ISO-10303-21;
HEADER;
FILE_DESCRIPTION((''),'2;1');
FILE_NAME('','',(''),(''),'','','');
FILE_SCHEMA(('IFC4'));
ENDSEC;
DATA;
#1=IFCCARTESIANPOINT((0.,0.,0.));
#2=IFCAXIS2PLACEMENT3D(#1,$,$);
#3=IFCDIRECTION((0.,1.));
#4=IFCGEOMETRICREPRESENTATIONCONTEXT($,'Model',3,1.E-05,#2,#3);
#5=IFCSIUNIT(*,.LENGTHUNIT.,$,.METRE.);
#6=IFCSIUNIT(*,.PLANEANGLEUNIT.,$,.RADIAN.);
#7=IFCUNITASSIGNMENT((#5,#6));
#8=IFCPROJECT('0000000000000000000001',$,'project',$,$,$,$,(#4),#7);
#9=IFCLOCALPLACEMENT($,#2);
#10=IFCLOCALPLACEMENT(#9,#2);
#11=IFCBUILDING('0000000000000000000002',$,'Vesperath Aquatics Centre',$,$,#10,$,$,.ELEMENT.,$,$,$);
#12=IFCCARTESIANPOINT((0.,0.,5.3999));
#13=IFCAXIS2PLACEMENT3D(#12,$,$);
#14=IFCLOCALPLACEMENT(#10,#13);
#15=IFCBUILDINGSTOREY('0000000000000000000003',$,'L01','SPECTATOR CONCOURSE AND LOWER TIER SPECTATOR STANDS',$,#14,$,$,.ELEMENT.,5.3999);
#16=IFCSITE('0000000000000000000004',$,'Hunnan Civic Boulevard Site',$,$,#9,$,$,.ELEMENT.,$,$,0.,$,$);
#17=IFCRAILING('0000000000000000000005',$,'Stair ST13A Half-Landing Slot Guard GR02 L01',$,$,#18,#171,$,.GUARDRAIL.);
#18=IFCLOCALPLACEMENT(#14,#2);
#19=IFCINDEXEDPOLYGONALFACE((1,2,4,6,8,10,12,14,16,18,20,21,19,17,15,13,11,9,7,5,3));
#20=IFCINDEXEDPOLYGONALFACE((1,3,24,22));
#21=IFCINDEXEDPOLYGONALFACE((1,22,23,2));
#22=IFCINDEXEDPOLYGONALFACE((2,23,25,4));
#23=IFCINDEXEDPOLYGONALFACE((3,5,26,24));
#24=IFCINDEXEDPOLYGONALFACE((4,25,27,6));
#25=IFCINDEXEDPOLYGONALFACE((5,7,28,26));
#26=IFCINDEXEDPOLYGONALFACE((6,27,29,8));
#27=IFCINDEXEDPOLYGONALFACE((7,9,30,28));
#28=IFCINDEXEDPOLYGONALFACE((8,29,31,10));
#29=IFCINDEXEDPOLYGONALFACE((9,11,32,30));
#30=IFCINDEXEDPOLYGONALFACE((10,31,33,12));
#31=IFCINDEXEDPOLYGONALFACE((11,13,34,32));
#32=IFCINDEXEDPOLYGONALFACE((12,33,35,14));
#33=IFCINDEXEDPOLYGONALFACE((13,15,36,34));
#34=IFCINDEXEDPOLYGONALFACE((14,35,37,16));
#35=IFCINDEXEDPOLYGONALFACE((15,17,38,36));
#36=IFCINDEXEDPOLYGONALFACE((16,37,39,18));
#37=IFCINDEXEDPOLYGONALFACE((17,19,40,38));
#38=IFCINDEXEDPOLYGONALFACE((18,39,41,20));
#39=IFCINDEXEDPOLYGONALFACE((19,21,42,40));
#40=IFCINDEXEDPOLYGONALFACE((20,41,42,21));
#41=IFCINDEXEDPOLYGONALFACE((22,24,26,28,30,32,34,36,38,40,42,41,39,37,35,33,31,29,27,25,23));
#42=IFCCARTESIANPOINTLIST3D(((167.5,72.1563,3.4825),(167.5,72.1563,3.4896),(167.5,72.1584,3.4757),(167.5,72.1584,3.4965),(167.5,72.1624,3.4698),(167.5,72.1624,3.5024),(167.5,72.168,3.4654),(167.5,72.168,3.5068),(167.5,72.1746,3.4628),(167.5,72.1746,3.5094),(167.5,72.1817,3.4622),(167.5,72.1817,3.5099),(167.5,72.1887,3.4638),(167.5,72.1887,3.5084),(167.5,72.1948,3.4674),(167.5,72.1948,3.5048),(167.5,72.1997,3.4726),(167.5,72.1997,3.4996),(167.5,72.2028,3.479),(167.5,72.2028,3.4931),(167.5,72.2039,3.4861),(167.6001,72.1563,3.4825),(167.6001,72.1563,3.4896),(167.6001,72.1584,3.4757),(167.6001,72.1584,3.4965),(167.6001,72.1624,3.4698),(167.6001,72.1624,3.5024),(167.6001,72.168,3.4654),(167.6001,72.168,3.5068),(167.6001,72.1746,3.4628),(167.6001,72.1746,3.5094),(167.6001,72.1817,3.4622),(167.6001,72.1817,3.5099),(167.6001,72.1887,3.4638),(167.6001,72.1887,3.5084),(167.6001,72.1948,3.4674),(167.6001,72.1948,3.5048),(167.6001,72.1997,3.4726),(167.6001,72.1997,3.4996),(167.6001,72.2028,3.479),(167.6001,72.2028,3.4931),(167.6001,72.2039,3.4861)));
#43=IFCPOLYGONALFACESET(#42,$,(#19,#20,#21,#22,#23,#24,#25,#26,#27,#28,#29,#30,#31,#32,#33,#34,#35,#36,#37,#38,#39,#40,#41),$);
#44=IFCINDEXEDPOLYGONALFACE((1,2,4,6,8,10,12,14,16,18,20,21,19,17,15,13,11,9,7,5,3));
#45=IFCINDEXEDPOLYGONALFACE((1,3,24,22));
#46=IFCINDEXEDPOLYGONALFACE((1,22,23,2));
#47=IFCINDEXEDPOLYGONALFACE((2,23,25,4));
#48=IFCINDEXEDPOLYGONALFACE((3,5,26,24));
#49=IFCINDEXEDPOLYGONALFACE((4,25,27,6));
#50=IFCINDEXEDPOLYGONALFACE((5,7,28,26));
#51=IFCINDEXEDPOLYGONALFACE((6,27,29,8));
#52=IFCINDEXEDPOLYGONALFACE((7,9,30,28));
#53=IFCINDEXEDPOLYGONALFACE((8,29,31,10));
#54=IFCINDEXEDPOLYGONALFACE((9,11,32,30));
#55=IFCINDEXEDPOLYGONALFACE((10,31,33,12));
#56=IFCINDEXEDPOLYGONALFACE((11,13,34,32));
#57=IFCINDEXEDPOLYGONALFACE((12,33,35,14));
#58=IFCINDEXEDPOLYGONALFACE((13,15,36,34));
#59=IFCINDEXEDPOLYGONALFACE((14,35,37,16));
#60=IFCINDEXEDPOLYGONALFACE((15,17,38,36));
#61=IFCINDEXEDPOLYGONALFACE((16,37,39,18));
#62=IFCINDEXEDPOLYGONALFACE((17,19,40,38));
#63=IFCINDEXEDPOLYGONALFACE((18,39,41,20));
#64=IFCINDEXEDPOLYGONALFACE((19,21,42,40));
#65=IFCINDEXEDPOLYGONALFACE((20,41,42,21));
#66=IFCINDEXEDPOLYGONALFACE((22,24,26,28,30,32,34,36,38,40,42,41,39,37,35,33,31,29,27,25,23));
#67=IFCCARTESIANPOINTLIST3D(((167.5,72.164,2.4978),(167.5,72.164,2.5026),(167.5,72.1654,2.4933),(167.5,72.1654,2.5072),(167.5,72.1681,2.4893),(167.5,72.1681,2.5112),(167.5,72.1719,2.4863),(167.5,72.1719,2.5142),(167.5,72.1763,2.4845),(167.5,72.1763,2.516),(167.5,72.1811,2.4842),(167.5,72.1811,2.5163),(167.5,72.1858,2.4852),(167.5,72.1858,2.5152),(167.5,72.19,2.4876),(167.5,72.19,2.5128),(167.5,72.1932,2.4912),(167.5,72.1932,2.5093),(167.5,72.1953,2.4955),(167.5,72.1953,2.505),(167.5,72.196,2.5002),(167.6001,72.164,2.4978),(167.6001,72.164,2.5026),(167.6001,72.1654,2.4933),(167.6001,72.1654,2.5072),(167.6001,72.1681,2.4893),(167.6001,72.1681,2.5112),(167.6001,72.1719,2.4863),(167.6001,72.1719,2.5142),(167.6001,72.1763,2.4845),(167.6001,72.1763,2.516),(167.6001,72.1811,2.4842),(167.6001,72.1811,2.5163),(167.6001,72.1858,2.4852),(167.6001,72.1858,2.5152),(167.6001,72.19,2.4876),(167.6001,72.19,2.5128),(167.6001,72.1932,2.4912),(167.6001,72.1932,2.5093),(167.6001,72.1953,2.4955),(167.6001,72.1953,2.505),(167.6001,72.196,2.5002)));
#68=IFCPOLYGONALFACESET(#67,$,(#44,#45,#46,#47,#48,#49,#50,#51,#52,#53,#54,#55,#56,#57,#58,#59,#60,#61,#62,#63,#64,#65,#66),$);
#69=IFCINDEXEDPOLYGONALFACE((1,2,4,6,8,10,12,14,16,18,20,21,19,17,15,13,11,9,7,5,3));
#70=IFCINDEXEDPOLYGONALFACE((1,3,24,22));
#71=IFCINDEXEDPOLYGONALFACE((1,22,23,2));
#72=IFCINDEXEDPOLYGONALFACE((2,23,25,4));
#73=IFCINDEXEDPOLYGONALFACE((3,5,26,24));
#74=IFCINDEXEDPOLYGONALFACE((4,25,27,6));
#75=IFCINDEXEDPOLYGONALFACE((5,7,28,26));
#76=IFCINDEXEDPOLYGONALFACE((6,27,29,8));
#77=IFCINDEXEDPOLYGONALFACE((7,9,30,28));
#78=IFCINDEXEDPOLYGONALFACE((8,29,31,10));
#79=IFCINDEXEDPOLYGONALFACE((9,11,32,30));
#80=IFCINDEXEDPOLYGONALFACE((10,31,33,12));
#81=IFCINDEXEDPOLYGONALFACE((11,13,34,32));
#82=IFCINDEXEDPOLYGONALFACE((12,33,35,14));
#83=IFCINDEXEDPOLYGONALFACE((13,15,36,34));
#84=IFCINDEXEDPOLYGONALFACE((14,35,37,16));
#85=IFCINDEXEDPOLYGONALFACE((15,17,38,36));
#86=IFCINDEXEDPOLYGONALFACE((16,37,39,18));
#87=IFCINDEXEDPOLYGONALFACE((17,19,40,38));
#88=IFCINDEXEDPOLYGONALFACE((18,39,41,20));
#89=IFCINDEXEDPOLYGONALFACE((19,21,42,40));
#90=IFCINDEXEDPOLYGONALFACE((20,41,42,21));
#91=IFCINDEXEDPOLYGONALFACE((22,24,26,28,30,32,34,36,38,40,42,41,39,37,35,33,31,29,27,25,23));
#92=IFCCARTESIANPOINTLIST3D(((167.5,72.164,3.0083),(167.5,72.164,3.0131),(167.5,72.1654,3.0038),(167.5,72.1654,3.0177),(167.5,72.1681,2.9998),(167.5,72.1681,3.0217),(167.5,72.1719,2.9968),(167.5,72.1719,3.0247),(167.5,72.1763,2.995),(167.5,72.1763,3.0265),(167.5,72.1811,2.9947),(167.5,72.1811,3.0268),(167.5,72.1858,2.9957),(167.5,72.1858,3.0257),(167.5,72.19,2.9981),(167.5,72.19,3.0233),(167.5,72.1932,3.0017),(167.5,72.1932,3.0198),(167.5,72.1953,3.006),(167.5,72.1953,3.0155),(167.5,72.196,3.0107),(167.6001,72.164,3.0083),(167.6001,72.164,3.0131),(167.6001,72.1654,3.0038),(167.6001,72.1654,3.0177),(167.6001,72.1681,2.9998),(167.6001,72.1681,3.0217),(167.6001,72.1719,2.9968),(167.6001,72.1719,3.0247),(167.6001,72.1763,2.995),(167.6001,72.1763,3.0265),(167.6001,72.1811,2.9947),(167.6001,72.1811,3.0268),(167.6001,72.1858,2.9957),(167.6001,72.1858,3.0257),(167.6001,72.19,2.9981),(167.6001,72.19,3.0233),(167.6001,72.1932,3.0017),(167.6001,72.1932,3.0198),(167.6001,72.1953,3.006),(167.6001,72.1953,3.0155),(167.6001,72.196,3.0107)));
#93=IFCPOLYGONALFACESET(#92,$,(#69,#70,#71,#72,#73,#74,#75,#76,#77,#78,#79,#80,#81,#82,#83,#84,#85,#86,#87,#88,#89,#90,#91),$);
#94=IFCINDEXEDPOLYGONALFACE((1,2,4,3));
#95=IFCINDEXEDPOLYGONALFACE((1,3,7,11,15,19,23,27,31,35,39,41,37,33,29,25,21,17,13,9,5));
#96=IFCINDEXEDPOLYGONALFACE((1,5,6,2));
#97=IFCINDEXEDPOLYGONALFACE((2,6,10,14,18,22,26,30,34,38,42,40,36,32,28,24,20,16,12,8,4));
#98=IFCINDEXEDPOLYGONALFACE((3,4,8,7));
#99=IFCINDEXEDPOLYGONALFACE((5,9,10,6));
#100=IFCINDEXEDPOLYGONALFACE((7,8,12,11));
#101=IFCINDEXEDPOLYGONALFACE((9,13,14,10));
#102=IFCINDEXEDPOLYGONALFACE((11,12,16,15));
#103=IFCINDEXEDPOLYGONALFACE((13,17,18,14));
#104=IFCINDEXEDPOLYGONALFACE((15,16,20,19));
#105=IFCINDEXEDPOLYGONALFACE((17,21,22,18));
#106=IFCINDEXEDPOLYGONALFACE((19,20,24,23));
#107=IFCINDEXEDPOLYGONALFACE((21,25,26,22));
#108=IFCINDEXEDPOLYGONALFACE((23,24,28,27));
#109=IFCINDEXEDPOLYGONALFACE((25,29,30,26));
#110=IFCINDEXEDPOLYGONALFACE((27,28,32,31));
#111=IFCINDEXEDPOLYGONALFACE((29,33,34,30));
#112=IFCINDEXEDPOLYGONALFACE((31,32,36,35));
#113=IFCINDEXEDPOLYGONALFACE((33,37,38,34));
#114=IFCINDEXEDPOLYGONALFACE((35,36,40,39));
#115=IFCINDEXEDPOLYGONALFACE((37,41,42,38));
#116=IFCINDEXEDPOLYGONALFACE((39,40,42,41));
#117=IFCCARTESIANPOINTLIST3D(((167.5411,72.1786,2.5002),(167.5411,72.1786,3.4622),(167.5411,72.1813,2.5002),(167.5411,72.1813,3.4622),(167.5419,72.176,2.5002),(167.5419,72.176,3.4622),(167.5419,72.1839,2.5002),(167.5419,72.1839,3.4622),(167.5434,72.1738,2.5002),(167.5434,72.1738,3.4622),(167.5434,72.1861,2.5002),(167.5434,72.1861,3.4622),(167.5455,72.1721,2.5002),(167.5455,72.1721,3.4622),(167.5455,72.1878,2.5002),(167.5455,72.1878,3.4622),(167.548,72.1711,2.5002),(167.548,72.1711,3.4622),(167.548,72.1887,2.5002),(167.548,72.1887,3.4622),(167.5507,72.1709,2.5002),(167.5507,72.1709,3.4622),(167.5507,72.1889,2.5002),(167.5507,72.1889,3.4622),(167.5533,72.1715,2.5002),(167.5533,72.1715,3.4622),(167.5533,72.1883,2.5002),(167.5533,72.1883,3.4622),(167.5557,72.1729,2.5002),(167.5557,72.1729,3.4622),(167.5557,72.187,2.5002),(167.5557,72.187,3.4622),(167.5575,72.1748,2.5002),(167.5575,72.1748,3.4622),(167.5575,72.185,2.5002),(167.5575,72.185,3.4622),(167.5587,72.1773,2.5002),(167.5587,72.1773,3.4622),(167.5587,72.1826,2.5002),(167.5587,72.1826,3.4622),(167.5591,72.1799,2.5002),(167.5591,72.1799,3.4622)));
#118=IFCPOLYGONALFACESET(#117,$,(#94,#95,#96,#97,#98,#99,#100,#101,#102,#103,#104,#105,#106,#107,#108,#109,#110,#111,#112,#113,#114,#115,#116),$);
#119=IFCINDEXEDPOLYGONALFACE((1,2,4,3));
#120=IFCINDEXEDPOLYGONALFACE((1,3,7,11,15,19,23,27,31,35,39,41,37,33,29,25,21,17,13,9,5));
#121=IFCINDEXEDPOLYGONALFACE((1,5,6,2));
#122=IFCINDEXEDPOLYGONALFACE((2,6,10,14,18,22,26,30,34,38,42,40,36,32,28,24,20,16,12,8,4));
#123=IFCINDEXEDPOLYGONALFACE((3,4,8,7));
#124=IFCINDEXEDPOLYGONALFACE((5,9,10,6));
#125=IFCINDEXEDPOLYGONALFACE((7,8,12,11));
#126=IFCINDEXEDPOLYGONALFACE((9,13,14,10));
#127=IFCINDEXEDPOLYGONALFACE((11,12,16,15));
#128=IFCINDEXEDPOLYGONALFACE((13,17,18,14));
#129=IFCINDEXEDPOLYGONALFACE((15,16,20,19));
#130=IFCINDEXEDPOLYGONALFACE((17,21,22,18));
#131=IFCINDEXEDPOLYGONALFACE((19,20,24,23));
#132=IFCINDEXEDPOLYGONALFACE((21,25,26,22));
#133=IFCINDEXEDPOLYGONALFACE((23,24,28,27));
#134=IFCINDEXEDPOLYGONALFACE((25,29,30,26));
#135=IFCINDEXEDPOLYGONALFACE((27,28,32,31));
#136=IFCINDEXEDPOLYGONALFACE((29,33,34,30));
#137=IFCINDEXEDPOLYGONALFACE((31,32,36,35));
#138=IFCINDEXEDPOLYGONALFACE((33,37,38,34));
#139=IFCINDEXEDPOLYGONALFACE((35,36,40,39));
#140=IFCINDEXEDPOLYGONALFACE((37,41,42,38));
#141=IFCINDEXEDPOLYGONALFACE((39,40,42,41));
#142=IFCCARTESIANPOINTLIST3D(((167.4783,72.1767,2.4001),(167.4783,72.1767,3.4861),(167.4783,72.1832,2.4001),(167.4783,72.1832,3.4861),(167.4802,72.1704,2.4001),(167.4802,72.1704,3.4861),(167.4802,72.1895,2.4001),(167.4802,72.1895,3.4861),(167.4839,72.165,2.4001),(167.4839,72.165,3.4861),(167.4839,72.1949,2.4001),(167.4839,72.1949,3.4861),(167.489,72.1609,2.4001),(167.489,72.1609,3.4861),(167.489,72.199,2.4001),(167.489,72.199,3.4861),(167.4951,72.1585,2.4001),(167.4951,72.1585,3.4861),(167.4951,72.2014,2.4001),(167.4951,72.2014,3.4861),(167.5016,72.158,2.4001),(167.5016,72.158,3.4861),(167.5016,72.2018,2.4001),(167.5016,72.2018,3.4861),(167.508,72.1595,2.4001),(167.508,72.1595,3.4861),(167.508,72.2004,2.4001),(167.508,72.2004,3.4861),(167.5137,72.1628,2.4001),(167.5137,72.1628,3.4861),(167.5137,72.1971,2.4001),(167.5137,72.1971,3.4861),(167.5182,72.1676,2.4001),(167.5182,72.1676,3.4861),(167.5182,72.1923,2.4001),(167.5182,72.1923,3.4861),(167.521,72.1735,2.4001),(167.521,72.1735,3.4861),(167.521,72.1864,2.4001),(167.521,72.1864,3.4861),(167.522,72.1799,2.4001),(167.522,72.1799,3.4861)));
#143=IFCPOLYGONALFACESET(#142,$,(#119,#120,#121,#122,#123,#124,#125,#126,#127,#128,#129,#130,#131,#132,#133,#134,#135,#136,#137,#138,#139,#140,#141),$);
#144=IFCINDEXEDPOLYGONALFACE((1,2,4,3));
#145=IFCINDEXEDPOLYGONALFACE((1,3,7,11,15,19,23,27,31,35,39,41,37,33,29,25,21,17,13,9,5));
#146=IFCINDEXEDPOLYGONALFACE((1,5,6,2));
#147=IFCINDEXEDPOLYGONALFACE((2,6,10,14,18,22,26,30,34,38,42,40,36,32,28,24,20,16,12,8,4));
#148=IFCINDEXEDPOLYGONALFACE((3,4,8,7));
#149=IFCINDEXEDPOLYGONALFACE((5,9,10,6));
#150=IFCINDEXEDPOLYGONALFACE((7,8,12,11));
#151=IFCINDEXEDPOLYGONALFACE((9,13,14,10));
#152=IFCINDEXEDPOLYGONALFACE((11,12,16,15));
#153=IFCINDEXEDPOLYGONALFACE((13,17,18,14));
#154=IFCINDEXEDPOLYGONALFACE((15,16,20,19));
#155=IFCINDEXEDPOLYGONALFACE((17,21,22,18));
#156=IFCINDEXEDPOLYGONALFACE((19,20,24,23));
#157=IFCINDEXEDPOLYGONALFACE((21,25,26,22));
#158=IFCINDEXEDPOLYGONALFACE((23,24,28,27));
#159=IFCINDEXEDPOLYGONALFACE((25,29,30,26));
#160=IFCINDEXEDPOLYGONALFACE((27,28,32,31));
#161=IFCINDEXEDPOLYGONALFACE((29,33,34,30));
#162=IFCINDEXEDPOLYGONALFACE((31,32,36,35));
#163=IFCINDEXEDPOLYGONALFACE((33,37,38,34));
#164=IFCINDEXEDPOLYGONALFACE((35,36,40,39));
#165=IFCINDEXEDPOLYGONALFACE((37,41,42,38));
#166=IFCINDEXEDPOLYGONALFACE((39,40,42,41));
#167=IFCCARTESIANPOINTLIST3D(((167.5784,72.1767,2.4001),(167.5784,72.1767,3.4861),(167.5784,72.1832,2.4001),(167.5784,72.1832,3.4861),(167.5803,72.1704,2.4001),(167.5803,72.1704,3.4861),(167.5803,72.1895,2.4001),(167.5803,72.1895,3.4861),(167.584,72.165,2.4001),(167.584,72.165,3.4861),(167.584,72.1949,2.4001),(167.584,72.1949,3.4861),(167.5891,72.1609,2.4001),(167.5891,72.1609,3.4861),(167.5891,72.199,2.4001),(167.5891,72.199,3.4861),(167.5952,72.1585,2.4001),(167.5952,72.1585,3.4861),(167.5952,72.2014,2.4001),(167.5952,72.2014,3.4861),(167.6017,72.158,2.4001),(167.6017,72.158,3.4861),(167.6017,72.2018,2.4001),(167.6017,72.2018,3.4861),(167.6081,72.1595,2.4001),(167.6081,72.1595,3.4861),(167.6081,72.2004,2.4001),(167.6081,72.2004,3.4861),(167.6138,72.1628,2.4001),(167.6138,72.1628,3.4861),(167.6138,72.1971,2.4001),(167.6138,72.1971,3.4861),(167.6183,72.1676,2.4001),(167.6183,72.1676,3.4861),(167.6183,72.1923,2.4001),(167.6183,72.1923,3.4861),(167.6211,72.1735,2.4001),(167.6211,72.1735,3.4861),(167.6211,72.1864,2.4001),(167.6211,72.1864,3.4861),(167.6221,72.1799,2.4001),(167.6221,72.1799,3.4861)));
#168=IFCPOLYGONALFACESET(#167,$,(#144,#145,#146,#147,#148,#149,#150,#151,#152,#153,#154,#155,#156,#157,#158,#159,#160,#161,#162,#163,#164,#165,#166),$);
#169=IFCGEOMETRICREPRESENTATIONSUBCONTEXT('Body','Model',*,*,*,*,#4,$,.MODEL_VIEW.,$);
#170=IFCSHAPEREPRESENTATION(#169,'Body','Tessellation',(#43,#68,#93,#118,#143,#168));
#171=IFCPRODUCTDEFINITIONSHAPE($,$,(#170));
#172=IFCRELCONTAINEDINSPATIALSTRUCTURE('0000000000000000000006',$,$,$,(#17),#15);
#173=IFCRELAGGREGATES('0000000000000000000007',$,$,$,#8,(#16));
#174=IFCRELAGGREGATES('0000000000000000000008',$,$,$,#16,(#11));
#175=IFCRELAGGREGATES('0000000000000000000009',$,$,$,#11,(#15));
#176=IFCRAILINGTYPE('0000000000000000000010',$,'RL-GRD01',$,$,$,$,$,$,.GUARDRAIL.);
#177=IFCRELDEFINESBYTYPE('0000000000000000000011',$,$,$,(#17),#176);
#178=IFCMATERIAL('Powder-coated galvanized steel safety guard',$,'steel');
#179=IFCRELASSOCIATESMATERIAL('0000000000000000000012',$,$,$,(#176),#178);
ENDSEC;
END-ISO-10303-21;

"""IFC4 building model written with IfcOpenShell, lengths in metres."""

from ifc_helpers import new_model, si_unit, direction, frame, origin, origin_2d, place, context, subcontext, project, spatial, circle, extrude, material, type_object, element, save


model = new_model("IFC4")

# Units and contexts
model_context = context("Model", 3, precision=1e-05, world=origin(), true_north=direction((0.0, 1.0)))
body_context = subcontext(model_context, "Body", "Model", "MODEL_VIEW")
ifc_project = project(units=[si_unit("LENGTHUNIT", "METRE"), si_unit("PLANEANGLEUNIT", "RADIAN")], contexts=[model_context])

# Site, building, storey
site_placement = place(None, origin())
site = spatial("IfcSite", under=ifc_project, at=site_placement, Name="Hunnan Civic Boulevard Site", CompositionType="ELEMENT", RefElevation=0.0)
building_placement = place(site_placement, origin())
building = spatial("IfcBuilding", under=site, at=building_placement, Name="Vesperath Aquatics Centre", CompositionType="ELEMENT")
storey_placement = place(building_placement, frame((0.0, 0.0, 5.3999)))
storey = spatial("IfcBuildingStorey", under=building, at=storey_placement, Name="L01", Description="SPECTATOR CONCOURSE AND LOWER TIER SPECTATOR STANDS", CompositionType="ELEMENT", Elevation=5.3999)

# Railing
ifc_material_1 = material(Name="Powder-coated galvanized steel safety guard", Category="steel")
railing_type_1 = type_object("IfcRailingType", Name="RL-GRD01", PredefinedType="GUARDRAIL", material=ifc_material_1)
railing_1_placement = place(storey_placement, frame((167.5, 72.1799, 2.4001)))
element("IfcRailing", 1, at=railing_1_placement, inside=storey, type_object=railing_type_1, Name="Stair ST13A Half-Landing Slot Guard GR02 L01", PredefinedType="GUARDRAIL", context=body_context, shape_type="SweptSolid", body=[
    extrude(circle(Radius=0.0239, at=origin_2d()), frame((0.0, 0.0, 1.0859), z_axis=(1.0, 0.0, 0.0), x_axis=(0.0, 1.0, 0.0)), (0.0, 0.0, 1.0), 0.1001),
    extrude(circle(Radius=0.0161, at=origin_2d()), frame((0.0, 0.0, 0.1001), z_axis=(1.0, 0.0, 0.0), x_axis=(0.0, 1.0, 0.0)), (0.0, 0.0, 1.0), 0.1001),
    extrude(circle(Radius=0.0161, at=origin_2d()), frame((0.0, 0.0, 0.6106), z_axis=(1.0, 0.0, 0.0), x_axis=(0.0, 1.0, 0.0)), (0.0, 0.0, 1.0), 0.1001),
    extrude(circle(Radius=0.009, at=origin_2d()), frame((0.05, 0.0, 0.1001)), (0.0, 0.0, 1.0), 0.9619),
    extrude(circle(Radius=0.022, at=origin_2d()), origin(), (0.0, 0.0, 1.0), 1.0859),
    extrude(circle(Radius=0.022, at=origin_2d()), frame((0.1001, 0.0, 0.0)), (0.0, 0.0, 1.0), 1.0859),
])

save(model, "model.ifc")
